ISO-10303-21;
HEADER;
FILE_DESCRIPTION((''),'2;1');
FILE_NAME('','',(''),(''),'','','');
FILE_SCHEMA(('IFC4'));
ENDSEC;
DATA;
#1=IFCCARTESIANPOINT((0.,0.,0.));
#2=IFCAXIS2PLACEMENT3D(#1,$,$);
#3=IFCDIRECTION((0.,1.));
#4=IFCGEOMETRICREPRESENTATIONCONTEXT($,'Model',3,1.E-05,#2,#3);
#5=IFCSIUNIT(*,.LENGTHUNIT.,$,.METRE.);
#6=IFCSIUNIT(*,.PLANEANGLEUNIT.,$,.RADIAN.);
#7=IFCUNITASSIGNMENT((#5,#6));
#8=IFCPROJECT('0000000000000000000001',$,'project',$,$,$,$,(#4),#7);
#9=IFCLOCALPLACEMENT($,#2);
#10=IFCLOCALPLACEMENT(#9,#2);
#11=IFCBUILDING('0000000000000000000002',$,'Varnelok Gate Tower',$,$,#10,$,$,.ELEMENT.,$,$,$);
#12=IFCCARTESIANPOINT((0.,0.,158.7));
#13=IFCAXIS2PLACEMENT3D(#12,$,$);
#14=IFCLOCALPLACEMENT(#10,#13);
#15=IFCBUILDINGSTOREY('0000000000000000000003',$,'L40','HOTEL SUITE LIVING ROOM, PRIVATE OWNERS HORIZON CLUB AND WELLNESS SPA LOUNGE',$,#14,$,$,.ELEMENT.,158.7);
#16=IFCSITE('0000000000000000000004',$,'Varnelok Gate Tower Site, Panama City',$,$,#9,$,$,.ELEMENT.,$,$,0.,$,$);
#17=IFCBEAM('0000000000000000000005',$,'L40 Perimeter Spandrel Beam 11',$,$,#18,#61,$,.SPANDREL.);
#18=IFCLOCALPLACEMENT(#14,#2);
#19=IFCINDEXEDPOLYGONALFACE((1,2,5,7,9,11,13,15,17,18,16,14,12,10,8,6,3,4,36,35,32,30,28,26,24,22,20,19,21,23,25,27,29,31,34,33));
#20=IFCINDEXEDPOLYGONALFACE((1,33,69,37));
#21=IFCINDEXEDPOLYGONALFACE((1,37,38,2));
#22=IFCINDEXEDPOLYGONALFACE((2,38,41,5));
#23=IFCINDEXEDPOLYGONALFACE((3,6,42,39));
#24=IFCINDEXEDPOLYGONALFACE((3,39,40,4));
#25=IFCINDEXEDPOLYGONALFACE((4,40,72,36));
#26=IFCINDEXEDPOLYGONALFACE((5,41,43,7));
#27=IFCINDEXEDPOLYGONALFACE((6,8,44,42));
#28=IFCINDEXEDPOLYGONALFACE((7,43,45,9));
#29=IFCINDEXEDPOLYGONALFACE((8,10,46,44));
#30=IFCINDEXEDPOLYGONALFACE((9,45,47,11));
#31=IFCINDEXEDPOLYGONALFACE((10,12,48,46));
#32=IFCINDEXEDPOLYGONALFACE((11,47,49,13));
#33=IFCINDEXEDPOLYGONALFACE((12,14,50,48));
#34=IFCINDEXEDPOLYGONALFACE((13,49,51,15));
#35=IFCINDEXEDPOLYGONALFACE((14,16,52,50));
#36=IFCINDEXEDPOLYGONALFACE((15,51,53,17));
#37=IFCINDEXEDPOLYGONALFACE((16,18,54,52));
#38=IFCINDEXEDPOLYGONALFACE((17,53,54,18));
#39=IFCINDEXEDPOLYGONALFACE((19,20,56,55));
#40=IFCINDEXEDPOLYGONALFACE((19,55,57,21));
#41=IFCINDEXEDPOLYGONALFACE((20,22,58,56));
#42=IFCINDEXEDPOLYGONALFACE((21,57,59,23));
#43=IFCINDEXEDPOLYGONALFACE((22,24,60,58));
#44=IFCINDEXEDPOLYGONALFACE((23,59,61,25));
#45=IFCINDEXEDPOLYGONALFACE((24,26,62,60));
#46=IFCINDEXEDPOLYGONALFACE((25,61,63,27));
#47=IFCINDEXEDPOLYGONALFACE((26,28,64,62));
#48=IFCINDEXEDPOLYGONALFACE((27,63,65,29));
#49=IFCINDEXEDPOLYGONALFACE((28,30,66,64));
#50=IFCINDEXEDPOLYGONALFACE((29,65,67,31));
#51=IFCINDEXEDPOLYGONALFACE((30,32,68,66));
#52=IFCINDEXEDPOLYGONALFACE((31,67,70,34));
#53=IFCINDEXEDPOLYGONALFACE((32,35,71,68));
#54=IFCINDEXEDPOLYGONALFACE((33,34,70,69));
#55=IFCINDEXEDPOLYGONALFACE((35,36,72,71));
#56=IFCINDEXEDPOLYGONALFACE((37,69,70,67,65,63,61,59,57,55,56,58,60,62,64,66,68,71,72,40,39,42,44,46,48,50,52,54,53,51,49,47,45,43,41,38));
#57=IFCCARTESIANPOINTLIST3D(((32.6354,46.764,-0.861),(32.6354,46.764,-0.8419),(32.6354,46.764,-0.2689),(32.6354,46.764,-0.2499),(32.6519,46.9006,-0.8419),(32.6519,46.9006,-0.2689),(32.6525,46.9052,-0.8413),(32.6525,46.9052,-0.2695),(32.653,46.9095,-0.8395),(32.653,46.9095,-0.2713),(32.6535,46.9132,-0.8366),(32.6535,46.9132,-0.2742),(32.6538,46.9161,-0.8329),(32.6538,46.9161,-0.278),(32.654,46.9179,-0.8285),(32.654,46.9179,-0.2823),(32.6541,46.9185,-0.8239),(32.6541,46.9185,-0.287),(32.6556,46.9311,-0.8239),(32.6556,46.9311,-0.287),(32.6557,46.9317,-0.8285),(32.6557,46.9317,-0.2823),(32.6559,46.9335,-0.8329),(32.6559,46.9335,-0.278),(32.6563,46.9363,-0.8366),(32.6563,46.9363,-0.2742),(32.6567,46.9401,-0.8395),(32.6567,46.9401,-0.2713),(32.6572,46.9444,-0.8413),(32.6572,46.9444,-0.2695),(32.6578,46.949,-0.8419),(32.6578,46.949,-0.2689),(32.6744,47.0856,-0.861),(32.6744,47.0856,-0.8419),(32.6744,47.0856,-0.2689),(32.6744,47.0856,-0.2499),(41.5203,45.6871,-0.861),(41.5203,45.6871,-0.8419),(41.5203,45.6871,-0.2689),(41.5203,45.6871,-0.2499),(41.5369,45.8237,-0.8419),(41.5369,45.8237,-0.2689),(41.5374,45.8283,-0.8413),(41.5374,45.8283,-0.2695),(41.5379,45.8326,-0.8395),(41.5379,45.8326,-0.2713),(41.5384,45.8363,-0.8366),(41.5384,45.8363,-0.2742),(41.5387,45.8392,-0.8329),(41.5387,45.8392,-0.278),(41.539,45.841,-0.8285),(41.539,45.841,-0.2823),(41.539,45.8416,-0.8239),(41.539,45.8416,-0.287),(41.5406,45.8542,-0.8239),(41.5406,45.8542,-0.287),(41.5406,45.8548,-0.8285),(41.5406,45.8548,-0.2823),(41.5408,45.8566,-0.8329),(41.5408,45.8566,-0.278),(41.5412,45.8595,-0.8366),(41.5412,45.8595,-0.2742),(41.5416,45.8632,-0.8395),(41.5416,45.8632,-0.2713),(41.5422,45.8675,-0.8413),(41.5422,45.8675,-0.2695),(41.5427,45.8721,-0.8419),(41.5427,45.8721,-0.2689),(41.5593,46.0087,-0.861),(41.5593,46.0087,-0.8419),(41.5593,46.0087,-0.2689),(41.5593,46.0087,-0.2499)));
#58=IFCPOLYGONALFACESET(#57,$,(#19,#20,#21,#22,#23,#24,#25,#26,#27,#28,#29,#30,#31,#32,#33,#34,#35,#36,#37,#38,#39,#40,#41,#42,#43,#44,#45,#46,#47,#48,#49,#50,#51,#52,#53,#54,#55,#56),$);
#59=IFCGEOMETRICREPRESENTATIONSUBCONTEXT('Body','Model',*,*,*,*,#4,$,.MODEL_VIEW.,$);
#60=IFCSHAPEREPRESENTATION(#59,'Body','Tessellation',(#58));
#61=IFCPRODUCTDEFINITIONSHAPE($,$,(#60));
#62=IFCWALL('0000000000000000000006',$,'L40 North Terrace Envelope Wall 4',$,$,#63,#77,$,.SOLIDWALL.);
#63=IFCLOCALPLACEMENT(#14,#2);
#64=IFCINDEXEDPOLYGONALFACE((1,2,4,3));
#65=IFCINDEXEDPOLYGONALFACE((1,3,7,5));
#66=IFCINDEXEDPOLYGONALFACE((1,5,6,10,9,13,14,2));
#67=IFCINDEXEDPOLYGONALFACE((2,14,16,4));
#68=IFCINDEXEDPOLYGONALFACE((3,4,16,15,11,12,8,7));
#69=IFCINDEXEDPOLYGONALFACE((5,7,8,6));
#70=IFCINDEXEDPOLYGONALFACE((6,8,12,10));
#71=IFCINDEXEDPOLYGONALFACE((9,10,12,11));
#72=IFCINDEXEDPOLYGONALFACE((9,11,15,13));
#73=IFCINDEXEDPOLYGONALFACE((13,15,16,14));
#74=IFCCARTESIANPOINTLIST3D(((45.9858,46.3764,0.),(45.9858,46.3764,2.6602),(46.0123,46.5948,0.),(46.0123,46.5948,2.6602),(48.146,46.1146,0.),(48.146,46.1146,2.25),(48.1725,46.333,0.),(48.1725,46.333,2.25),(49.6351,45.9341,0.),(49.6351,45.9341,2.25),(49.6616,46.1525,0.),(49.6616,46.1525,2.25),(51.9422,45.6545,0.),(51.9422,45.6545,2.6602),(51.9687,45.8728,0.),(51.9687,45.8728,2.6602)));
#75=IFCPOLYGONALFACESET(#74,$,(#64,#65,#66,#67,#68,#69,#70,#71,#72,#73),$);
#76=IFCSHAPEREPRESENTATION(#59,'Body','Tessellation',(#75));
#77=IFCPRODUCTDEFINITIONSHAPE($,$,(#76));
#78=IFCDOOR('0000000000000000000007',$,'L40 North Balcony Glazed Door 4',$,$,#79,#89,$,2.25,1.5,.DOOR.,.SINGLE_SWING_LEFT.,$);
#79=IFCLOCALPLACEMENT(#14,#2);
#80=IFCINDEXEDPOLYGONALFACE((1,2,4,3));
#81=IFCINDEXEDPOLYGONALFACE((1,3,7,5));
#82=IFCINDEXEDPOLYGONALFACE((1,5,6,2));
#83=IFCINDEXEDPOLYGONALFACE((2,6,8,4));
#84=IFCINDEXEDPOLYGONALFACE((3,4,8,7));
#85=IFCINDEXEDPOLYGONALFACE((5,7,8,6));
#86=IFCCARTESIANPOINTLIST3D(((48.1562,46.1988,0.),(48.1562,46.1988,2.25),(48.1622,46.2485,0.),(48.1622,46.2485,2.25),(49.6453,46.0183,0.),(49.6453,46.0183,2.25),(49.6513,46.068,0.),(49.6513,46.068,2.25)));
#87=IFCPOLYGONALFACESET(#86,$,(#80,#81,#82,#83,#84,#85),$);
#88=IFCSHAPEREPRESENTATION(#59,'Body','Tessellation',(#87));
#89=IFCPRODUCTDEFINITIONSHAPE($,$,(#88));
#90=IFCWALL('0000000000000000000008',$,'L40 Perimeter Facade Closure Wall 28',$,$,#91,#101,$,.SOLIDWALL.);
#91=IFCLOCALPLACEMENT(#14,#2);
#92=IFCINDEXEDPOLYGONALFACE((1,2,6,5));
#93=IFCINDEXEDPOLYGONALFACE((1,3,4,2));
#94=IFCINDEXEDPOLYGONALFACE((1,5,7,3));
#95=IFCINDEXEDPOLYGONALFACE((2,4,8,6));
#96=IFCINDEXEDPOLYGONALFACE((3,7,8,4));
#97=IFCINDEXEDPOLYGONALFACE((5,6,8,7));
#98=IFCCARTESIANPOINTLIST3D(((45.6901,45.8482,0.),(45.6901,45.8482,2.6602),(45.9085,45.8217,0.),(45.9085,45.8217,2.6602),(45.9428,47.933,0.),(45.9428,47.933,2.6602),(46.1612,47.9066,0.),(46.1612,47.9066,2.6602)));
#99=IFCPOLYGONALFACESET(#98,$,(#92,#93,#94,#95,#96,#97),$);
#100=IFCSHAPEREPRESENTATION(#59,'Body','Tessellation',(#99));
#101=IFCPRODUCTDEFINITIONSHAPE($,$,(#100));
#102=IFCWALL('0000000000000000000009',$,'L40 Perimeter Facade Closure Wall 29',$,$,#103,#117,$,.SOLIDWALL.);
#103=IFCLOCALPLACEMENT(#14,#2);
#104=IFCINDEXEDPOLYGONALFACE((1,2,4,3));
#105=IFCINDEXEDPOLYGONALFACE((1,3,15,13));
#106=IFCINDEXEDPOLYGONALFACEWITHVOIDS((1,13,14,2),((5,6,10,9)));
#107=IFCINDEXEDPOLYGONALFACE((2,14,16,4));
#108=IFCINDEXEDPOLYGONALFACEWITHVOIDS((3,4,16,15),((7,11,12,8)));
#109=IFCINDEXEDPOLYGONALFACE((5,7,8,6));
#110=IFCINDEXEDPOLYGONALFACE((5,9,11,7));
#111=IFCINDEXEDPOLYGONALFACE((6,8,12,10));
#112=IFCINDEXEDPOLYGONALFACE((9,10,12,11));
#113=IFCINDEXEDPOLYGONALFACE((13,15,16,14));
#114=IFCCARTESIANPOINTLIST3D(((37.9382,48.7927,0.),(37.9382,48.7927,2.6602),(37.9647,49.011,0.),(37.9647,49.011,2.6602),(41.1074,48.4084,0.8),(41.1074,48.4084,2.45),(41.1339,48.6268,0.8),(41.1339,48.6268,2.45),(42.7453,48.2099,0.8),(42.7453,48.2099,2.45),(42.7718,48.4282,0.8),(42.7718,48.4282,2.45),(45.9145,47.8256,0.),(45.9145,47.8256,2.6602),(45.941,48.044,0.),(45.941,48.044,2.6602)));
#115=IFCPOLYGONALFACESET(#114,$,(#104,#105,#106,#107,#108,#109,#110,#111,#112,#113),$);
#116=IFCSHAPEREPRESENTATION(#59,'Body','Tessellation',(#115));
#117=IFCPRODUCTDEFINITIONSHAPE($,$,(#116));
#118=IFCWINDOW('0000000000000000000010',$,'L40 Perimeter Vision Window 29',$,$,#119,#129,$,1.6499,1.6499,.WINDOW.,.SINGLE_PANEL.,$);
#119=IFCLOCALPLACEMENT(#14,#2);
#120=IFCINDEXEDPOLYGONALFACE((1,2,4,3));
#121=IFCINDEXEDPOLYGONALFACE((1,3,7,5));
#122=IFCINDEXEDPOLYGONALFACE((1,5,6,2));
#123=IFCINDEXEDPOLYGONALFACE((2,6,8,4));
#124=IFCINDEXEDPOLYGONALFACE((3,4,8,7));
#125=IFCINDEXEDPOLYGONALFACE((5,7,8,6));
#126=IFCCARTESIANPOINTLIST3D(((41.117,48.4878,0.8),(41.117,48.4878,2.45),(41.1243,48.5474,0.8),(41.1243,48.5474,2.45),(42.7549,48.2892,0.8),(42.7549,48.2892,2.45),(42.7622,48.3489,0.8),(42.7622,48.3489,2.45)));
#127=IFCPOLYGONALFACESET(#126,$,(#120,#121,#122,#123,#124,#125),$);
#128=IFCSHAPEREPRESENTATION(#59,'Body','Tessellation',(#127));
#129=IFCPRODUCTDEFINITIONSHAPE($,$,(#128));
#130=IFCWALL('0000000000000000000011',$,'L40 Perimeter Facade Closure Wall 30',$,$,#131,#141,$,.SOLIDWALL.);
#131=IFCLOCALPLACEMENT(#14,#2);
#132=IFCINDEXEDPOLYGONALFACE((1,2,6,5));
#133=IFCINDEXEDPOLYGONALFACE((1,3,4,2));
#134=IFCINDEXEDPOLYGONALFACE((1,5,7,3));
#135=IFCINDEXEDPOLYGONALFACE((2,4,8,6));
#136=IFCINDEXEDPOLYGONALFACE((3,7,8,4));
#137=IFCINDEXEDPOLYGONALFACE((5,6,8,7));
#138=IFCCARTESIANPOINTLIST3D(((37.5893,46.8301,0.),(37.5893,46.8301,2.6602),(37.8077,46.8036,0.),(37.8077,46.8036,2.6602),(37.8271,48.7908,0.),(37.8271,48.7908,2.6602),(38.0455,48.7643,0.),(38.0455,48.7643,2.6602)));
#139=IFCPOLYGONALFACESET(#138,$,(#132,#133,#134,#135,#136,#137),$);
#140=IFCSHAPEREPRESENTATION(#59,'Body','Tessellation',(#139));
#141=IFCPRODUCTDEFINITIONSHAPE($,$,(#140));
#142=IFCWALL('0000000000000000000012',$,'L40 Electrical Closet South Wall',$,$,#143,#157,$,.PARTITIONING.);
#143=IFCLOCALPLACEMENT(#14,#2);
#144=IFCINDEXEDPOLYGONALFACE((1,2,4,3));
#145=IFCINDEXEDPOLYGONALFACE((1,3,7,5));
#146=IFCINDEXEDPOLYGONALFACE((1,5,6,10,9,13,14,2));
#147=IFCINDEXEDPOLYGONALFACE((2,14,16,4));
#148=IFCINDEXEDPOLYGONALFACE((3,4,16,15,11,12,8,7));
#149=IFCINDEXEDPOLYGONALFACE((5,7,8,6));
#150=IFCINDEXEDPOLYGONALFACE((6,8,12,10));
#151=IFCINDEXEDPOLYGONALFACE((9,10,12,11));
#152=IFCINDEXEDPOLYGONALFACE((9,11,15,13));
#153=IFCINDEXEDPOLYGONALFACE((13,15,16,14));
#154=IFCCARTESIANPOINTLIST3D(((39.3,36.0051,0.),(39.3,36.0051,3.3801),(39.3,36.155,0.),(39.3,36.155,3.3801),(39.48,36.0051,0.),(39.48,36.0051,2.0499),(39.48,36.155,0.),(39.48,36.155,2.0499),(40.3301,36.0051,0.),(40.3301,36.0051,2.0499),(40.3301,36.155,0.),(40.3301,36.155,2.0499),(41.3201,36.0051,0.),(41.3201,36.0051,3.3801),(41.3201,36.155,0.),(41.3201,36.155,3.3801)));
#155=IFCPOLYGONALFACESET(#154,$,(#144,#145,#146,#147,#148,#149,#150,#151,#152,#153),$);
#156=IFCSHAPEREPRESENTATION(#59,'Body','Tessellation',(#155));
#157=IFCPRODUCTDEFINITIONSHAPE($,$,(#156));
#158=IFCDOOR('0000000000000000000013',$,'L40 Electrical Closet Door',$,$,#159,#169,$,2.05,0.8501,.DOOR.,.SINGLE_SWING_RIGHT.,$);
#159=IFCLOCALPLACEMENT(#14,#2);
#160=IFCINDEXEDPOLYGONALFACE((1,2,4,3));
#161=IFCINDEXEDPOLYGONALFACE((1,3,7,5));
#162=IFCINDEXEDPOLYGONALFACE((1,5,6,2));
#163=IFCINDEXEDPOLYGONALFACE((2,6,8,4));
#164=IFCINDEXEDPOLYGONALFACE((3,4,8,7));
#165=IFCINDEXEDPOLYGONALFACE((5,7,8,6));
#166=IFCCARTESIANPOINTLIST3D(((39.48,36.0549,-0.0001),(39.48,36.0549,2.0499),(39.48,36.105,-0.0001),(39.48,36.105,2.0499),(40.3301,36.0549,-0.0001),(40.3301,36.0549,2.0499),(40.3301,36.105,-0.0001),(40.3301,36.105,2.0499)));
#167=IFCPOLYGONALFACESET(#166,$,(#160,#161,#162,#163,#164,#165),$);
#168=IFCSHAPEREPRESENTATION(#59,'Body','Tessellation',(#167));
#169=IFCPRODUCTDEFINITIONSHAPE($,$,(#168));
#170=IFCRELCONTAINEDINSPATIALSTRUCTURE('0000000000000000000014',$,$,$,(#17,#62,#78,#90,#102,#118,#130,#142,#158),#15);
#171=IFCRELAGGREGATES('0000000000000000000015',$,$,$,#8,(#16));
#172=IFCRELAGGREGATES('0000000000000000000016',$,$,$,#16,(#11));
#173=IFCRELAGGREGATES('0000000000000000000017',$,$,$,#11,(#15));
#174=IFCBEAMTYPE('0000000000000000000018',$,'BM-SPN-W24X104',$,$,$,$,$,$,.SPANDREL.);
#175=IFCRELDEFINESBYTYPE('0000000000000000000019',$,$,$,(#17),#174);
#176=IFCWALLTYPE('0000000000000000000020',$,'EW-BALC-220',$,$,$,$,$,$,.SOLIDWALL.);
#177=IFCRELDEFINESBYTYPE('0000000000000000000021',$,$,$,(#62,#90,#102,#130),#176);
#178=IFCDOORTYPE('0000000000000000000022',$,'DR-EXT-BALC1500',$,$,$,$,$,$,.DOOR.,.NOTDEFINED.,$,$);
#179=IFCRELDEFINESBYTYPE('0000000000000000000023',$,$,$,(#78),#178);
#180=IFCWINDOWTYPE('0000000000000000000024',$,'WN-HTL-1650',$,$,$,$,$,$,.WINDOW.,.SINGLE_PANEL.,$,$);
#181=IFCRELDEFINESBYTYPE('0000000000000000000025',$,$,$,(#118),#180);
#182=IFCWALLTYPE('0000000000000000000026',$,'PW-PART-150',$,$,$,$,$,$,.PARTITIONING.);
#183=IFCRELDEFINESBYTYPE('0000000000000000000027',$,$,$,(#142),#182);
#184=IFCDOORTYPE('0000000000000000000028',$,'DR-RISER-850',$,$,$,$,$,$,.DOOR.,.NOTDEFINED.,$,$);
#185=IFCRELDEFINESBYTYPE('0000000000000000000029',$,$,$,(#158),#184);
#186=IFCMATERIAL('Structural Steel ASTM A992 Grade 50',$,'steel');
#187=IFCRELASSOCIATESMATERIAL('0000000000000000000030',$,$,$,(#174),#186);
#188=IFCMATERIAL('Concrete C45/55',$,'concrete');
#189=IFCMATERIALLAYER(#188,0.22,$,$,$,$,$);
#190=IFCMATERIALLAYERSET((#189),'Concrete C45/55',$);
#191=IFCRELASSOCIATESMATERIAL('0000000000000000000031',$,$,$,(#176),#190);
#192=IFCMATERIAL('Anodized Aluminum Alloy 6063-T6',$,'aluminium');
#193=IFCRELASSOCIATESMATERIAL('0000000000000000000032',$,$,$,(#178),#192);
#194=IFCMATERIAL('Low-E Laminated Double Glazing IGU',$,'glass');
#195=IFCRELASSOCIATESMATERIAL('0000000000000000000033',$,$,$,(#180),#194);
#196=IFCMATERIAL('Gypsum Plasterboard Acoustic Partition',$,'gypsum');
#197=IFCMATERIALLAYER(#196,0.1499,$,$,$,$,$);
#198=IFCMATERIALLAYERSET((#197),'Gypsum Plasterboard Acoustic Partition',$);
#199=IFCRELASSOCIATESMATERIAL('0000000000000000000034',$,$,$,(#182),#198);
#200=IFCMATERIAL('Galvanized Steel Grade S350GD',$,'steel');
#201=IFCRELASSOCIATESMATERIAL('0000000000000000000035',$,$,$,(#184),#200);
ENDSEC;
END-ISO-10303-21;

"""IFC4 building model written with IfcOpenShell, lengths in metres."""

from ifc_helpers import new_model, si_unit, direction, frame, frame_2d, origin, origin_2d, place, context, subcontext, project, spatial, rectangle, i_section, extrude, material, layer, layer_set, material_profile, profile_set, type_object, element, fill, save


model = new_model("IFC4")

# Units and contexts
model_context = context("Model", 3, precision=1e-05, world=origin(), true_north=direction((0.0, 1.0)))
body_context = subcontext(model_context, "Body", "Model", "MODEL_VIEW")
ifc_project = project(units=[si_unit("LENGTHUNIT", "METRE"), si_unit("PLANEANGLEUNIT", "RADIAN")], contexts=[model_context])

# Site, building, storey
site_placement = place(None, origin())
site = spatial("IfcSite", under=ifc_project, at=site_placement, Name="Varnelok Gate Tower Site, Panama City", CompositionType="ELEMENT", RefElevation=0.0)
building_placement = place(site_placement, origin())
building = spatial("IfcBuilding", under=site, at=building_placement, Name="Varnelok Gate Tower", CompositionType="ELEMENT")
storey_placement = place(building_placement, frame((0.0, 0.0, 158.7)))
storey = spatial("IfcBuildingStorey", under=building, at=storey_placement, Name="L40", Description="HOTEL SUITE LIVING ROOM, PRIVATE OWNERS HORIZON CLUB AND WELLNESS SPA LOUNGE", CompositionType="ELEMENT", Elevation=158.7)

# Shared definitions
ifc_material_1 = material(Name="Structural Steel ASTM A992 Grade 50", Category="steel")

# Beam
ifc_material_profile_1 = material_profile(ifc_material_1, i_section(OverallWidth=0.324, OverallDepth=0.6111, WebThickness=0.0127, FlangeThickness=0.019, FilletRadius=0.0181, at=origin_2d()), Name="W24X104")
ifc_profile_set_1 = profile_set([ifc_material_profile_1], Name="Structural Steel ASTM A992 Grade 50")
beam_type_1 = type_object("IfcBeamType", Name="BM-SPN-W24X104", PredefinedType="SPANDREL", material=ifc_profile_set_1)
beam_1_placement = place(storey_placement, frame((41.5398, 45.8479, -0.5554), z_axis=(-0.992735, 0.120324, 0.0), x_axis=(-0.120324, -0.992735, 0.0)))
element("IfcBeam", 1, at=beam_1_placement, inside=storey, type_object=beam_type_1, Name="L40 Perimeter Spandrel Beam 11", PredefinedType="SPANDREL", context=body_context, shape_type="SweptSolid", body=[
    extrude(i_section(OverallWidth=0.324, OverallDepth=0.6111, WebThickness=0.0127, FlangeThickness=0.019, FilletRadius=0.0181, at=origin_2d()), origin(), (0.0, 0.0, 1.0), 8.95),
])

# Wall, opening, door
ifc_material_2 = material(Name="Concrete C45/55", Category="concrete")
ifc_layer_1 = layer(ifc_material_2, 0.22)
ifc_layer_set_1 = layer_set([ifc_layer_1], Name="Concrete C45/55")
wall_type_1 = type_object("IfcWallType", Name="EW-BALC-220", PredefinedType="SOLIDWALL", material=ifc_layer_set_1)
wall_1_placement = place(storey_placement, frame((45.999, 46.4856, 0.0), z_axis=(0.0, 0.0, 1.0), x_axis=(0.992735, -0.120323, 0.0)))
wall_1 = element("IfcWall", 2, at=wall_1_placement, inside=storey, type_object=wall_type_1, Name="L40 North Terrace Envelope Wall 4", PredefinedType="SOLIDWALL", context=body_context, shape_type="SweptSolid", body=[
    extrude(rectangle(XDim=6.0, YDim=0.22, at=frame_2d((3.0, 0.0))), origin(), (0.0, 0.0, 1.0), 2.6602),
])
opening_1_placement = place(wall_1_placement, frame((2.176, 0.0, 0.0)))
opening_1 = element("IfcOpeningElement", 3, at=opening_1_placement, cuts=wall_1, PredefinedType="OPENING", context=body_context, shape_type="SweptSolid", body=[
    extrude(rectangle(XDim=1.5, YDim=2.25, at=frame_2d((0.75, 1.125))), frame((0.0, 0.1199, 0.0), z_axis=(0.0, -1.0, 0.0), x_axis=(1.0, 0.0, 0.0)), (0.0, 0.0, 1.0), 0.24),
])
ifc_material_3 = material(Name="Anodized Aluminum Alloy 6063-T6", Category="aluminium")
door_type_1 = type_object("IfcDoorType", Name="DR-EXT-BALC1500", OperationType="NOTDEFINED", PredefinedType="DOOR", material=ifc_material_3)
door_1_placement = place(opening_1_placement, origin())
door_1 = element("IfcDoor", 4, at=door_1_placement, inside=storey, type_object=door_type_1, Name="L40 North Balcony Glazed Door 4", OperationType="SINGLE_SWING_LEFT", OverallHeight=2.25, OverallWidth=1.5, PredefinedType="DOOR", context=body_context, shape_type="SweptSolid", body=[
    extrude(rectangle(XDim=1.5, YDim=2.25, at=frame_2d((0.75, 1.125))), frame((0.0, 0.0249, 0.0), z_axis=(0.0, -1.0, 0.0), x_axis=(1.0, 0.0, 0.0)), (0.0, 0.0, 1.0), 0.05),
])
fill(opening_1, door_1)

# Wall
wall_2_placement = place(storey_placement, frame((45.7993, 45.835, 0.0), z_axis=(0.0, 0.0, 1.0), x_axis=(0.120314, 0.992736, 0.0)))
element("IfcWall", 5, at=wall_2_placement, inside=storey, type_object=wall_type_1, Name="L40 Perimeter Facade Closure Wall 28", PredefinedType="SOLIDWALL", context=body_context, shape_type="SweptSolid", body=[
    extrude(rectangle(XDim=2.1001, YDim=0.22, at=frame_2d((1.05, 0.0))), origin(), (0.0, 0.0, 1.0), 2.6602),
])

# Wall, opening, window
wall_3_placement = place(storey_placement, frame((45.9277, 47.9348, 0.0), z_axis=(0.0, 0.0, 1.0), x_axis=(-0.992731, 0.120358, 0.0)))
wall_3 = element("IfcWall", 6, at=wall_3_placement, inside=storey, type_object=wall_type_1, Name="L40 Perimeter Facade Closure Wall 29", PredefinedType="SOLIDWALL", context=body_context, shape_type="SweptSolid", body=[
    extrude(rectangle(XDim=8.0347, YDim=0.22, at=frame_2d((4.0173, 0.0))), origin(), (0.0, 0.0, 1.0), 2.6602),
])
opening_2_placement = place(wall_3_placement, frame((3.1924, 0.0, 0.8)))
opening_2 = element("IfcOpeningElement", 7, at=opening_2_placement, cuts=wall_3, PredefinedType="OPENING", context=body_context, shape_type="SweptSolid", body=[
    extrude(rectangle(XDim=1.6499, YDim=1.6499, at=frame_2d((0.825, 0.825))), frame((0.0, 0.1199, 0.0), z_axis=(0.0, -1.0, 0.0), x_axis=(1.0, 0.0, 0.0)), (0.0, 0.0, 1.0), 0.24),
])
ifc_material_4 = material(Name="Low-E Laminated Double Glazing IGU", Category="glass")
window_type = type_object("IfcWindowType", Name="WN-HTL-1650", PartitioningType="SINGLE_PANEL", PredefinedType="WINDOW", material=ifc_material_4)
window_placement = place(opening_2_placement, origin())
window = element("IfcWindow", 8, at=window_placement, inside=storey, type_object=window_type, Name="L40 Perimeter Vision Window 29", OverallHeight=1.6499, OverallWidth=1.6499, PartitioningType="SINGLE_PANEL", PredefinedType="WINDOW", context=body_context, shape_type="SweptSolid", body=[
    extrude(rectangle(XDim=1.6499, YDim=1.6499, at=frame_2d((0.825, 0.825))), frame((0.0, 0.03, 0.0), z_axis=(0.0, -1.0, 0.0), x_axis=(1.0, 0.0, 0.0)), (0.0, 0.0, 1.0), 0.0601),
])
fill(opening_2, window)

# Wall
wall_4_placement = place(storey_placement, frame((37.9363, 48.7776, 0.0), z_axis=(0.0, 0.0, 1.0), x_axis=(-0.120398, -0.992726, 0.0)))
element("IfcWall", 9, at=wall_4_placement, inside=storey, type_object=wall_type_1, Name="L40 Perimeter Facade Closure Wall 30", PredefinedType="SOLIDWALL", context=body_context, shape_type="SweptSolid", body=[
    extrude(rectangle(XDim=1.9751, YDim=0.22, at=frame_2d((0.9875, 0.0))), origin(), (0.0, 0.0, 1.0), 2.6602),
])

# Wall, opening, door
ifc_material_5 = material(Name="Gypsum Plasterboard Acoustic Partition", Category="gypsum")
ifc_layer_2 = layer(ifc_material_5, 0.1499)
ifc_layer_set_2 = layer_set([ifc_layer_2], Name="Gypsum Plasterboard Acoustic Partition")
wall_type_2 = type_object("IfcWallType", Name="PW-PART-150", PredefinedType="PARTITIONING", material=ifc_layer_set_2)
wall_5_placement = place(storey_placement, frame((39.3, 36.0801, 0.0), z_axis=(0.0, 0.0, 1.0), x_axis=(1.0, 0.0, 0.0)))
wall_5 = element("IfcWall", 10, at=wall_5_placement, inside=storey, type_object=wall_type_2, Name="L40 Electrical Closet South Wall", PredefinedType="PARTITIONING", context=body_context, shape_type="SweptSolid", body=[
    extrude(rectangle(XDim=2.02, YDim=0.1499, at=frame_2d((1.01, 0.0))), origin(), (0.0, 0.0, 1.0), 3.3801),
])
opening_3_placement = place(wall_5_placement, frame((0.1799, 0.0, 0.0)))
opening_3 = element("IfcOpeningElement", 11, at=opening_3_placement, cuts=wall_5, PredefinedType="OPENING", context=body_context, shape_type="SweptSolid", body=[
    extrude(rectangle(XDim=0.8501, YDim=2.05, at=frame_2d((0.425, 1.0249))), frame((0.0, 0.085, 0.0), z_axis=(0.0, -1.0, 0.0), x_axis=(1.0, 0.0, 0.0)), (0.0, 0.0, 1.0), 0.1699),
])
ifc_material_6 = material(Name="Galvanized Steel Grade S350GD", Category="steel")
door_type_2 = type_object("IfcDoorType", Name="DR-RISER-850", OperationType="NOTDEFINED", PredefinedType="DOOR", material=ifc_material_6)
door_2_placement = place(opening_3_placement, origin())
door_2 = element("IfcDoor", 12, at=door_2_placement, inside=storey, type_object=door_type_2, Name="L40 Electrical Closet Door", OperationType="SINGLE_SWING_RIGHT", OverallHeight=2.05, OverallWidth=0.8501, PredefinedType="DOOR", context=body_context, shape_type="SweptSolid", body=[
    extrude(rectangle(XDim=0.8501, YDim=2.05, at=frame_2d((0.425, 1.0249))), frame((0.0, 0.0249, 0.0), z_axis=(0.0, -1.0, 0.0), x_axis=(1.0, 0.0, 0.0)), (0.0, 0.0, 1.0), 0.05),
])
fill(opening_3, door_2)

save(model, "model.ifc")
